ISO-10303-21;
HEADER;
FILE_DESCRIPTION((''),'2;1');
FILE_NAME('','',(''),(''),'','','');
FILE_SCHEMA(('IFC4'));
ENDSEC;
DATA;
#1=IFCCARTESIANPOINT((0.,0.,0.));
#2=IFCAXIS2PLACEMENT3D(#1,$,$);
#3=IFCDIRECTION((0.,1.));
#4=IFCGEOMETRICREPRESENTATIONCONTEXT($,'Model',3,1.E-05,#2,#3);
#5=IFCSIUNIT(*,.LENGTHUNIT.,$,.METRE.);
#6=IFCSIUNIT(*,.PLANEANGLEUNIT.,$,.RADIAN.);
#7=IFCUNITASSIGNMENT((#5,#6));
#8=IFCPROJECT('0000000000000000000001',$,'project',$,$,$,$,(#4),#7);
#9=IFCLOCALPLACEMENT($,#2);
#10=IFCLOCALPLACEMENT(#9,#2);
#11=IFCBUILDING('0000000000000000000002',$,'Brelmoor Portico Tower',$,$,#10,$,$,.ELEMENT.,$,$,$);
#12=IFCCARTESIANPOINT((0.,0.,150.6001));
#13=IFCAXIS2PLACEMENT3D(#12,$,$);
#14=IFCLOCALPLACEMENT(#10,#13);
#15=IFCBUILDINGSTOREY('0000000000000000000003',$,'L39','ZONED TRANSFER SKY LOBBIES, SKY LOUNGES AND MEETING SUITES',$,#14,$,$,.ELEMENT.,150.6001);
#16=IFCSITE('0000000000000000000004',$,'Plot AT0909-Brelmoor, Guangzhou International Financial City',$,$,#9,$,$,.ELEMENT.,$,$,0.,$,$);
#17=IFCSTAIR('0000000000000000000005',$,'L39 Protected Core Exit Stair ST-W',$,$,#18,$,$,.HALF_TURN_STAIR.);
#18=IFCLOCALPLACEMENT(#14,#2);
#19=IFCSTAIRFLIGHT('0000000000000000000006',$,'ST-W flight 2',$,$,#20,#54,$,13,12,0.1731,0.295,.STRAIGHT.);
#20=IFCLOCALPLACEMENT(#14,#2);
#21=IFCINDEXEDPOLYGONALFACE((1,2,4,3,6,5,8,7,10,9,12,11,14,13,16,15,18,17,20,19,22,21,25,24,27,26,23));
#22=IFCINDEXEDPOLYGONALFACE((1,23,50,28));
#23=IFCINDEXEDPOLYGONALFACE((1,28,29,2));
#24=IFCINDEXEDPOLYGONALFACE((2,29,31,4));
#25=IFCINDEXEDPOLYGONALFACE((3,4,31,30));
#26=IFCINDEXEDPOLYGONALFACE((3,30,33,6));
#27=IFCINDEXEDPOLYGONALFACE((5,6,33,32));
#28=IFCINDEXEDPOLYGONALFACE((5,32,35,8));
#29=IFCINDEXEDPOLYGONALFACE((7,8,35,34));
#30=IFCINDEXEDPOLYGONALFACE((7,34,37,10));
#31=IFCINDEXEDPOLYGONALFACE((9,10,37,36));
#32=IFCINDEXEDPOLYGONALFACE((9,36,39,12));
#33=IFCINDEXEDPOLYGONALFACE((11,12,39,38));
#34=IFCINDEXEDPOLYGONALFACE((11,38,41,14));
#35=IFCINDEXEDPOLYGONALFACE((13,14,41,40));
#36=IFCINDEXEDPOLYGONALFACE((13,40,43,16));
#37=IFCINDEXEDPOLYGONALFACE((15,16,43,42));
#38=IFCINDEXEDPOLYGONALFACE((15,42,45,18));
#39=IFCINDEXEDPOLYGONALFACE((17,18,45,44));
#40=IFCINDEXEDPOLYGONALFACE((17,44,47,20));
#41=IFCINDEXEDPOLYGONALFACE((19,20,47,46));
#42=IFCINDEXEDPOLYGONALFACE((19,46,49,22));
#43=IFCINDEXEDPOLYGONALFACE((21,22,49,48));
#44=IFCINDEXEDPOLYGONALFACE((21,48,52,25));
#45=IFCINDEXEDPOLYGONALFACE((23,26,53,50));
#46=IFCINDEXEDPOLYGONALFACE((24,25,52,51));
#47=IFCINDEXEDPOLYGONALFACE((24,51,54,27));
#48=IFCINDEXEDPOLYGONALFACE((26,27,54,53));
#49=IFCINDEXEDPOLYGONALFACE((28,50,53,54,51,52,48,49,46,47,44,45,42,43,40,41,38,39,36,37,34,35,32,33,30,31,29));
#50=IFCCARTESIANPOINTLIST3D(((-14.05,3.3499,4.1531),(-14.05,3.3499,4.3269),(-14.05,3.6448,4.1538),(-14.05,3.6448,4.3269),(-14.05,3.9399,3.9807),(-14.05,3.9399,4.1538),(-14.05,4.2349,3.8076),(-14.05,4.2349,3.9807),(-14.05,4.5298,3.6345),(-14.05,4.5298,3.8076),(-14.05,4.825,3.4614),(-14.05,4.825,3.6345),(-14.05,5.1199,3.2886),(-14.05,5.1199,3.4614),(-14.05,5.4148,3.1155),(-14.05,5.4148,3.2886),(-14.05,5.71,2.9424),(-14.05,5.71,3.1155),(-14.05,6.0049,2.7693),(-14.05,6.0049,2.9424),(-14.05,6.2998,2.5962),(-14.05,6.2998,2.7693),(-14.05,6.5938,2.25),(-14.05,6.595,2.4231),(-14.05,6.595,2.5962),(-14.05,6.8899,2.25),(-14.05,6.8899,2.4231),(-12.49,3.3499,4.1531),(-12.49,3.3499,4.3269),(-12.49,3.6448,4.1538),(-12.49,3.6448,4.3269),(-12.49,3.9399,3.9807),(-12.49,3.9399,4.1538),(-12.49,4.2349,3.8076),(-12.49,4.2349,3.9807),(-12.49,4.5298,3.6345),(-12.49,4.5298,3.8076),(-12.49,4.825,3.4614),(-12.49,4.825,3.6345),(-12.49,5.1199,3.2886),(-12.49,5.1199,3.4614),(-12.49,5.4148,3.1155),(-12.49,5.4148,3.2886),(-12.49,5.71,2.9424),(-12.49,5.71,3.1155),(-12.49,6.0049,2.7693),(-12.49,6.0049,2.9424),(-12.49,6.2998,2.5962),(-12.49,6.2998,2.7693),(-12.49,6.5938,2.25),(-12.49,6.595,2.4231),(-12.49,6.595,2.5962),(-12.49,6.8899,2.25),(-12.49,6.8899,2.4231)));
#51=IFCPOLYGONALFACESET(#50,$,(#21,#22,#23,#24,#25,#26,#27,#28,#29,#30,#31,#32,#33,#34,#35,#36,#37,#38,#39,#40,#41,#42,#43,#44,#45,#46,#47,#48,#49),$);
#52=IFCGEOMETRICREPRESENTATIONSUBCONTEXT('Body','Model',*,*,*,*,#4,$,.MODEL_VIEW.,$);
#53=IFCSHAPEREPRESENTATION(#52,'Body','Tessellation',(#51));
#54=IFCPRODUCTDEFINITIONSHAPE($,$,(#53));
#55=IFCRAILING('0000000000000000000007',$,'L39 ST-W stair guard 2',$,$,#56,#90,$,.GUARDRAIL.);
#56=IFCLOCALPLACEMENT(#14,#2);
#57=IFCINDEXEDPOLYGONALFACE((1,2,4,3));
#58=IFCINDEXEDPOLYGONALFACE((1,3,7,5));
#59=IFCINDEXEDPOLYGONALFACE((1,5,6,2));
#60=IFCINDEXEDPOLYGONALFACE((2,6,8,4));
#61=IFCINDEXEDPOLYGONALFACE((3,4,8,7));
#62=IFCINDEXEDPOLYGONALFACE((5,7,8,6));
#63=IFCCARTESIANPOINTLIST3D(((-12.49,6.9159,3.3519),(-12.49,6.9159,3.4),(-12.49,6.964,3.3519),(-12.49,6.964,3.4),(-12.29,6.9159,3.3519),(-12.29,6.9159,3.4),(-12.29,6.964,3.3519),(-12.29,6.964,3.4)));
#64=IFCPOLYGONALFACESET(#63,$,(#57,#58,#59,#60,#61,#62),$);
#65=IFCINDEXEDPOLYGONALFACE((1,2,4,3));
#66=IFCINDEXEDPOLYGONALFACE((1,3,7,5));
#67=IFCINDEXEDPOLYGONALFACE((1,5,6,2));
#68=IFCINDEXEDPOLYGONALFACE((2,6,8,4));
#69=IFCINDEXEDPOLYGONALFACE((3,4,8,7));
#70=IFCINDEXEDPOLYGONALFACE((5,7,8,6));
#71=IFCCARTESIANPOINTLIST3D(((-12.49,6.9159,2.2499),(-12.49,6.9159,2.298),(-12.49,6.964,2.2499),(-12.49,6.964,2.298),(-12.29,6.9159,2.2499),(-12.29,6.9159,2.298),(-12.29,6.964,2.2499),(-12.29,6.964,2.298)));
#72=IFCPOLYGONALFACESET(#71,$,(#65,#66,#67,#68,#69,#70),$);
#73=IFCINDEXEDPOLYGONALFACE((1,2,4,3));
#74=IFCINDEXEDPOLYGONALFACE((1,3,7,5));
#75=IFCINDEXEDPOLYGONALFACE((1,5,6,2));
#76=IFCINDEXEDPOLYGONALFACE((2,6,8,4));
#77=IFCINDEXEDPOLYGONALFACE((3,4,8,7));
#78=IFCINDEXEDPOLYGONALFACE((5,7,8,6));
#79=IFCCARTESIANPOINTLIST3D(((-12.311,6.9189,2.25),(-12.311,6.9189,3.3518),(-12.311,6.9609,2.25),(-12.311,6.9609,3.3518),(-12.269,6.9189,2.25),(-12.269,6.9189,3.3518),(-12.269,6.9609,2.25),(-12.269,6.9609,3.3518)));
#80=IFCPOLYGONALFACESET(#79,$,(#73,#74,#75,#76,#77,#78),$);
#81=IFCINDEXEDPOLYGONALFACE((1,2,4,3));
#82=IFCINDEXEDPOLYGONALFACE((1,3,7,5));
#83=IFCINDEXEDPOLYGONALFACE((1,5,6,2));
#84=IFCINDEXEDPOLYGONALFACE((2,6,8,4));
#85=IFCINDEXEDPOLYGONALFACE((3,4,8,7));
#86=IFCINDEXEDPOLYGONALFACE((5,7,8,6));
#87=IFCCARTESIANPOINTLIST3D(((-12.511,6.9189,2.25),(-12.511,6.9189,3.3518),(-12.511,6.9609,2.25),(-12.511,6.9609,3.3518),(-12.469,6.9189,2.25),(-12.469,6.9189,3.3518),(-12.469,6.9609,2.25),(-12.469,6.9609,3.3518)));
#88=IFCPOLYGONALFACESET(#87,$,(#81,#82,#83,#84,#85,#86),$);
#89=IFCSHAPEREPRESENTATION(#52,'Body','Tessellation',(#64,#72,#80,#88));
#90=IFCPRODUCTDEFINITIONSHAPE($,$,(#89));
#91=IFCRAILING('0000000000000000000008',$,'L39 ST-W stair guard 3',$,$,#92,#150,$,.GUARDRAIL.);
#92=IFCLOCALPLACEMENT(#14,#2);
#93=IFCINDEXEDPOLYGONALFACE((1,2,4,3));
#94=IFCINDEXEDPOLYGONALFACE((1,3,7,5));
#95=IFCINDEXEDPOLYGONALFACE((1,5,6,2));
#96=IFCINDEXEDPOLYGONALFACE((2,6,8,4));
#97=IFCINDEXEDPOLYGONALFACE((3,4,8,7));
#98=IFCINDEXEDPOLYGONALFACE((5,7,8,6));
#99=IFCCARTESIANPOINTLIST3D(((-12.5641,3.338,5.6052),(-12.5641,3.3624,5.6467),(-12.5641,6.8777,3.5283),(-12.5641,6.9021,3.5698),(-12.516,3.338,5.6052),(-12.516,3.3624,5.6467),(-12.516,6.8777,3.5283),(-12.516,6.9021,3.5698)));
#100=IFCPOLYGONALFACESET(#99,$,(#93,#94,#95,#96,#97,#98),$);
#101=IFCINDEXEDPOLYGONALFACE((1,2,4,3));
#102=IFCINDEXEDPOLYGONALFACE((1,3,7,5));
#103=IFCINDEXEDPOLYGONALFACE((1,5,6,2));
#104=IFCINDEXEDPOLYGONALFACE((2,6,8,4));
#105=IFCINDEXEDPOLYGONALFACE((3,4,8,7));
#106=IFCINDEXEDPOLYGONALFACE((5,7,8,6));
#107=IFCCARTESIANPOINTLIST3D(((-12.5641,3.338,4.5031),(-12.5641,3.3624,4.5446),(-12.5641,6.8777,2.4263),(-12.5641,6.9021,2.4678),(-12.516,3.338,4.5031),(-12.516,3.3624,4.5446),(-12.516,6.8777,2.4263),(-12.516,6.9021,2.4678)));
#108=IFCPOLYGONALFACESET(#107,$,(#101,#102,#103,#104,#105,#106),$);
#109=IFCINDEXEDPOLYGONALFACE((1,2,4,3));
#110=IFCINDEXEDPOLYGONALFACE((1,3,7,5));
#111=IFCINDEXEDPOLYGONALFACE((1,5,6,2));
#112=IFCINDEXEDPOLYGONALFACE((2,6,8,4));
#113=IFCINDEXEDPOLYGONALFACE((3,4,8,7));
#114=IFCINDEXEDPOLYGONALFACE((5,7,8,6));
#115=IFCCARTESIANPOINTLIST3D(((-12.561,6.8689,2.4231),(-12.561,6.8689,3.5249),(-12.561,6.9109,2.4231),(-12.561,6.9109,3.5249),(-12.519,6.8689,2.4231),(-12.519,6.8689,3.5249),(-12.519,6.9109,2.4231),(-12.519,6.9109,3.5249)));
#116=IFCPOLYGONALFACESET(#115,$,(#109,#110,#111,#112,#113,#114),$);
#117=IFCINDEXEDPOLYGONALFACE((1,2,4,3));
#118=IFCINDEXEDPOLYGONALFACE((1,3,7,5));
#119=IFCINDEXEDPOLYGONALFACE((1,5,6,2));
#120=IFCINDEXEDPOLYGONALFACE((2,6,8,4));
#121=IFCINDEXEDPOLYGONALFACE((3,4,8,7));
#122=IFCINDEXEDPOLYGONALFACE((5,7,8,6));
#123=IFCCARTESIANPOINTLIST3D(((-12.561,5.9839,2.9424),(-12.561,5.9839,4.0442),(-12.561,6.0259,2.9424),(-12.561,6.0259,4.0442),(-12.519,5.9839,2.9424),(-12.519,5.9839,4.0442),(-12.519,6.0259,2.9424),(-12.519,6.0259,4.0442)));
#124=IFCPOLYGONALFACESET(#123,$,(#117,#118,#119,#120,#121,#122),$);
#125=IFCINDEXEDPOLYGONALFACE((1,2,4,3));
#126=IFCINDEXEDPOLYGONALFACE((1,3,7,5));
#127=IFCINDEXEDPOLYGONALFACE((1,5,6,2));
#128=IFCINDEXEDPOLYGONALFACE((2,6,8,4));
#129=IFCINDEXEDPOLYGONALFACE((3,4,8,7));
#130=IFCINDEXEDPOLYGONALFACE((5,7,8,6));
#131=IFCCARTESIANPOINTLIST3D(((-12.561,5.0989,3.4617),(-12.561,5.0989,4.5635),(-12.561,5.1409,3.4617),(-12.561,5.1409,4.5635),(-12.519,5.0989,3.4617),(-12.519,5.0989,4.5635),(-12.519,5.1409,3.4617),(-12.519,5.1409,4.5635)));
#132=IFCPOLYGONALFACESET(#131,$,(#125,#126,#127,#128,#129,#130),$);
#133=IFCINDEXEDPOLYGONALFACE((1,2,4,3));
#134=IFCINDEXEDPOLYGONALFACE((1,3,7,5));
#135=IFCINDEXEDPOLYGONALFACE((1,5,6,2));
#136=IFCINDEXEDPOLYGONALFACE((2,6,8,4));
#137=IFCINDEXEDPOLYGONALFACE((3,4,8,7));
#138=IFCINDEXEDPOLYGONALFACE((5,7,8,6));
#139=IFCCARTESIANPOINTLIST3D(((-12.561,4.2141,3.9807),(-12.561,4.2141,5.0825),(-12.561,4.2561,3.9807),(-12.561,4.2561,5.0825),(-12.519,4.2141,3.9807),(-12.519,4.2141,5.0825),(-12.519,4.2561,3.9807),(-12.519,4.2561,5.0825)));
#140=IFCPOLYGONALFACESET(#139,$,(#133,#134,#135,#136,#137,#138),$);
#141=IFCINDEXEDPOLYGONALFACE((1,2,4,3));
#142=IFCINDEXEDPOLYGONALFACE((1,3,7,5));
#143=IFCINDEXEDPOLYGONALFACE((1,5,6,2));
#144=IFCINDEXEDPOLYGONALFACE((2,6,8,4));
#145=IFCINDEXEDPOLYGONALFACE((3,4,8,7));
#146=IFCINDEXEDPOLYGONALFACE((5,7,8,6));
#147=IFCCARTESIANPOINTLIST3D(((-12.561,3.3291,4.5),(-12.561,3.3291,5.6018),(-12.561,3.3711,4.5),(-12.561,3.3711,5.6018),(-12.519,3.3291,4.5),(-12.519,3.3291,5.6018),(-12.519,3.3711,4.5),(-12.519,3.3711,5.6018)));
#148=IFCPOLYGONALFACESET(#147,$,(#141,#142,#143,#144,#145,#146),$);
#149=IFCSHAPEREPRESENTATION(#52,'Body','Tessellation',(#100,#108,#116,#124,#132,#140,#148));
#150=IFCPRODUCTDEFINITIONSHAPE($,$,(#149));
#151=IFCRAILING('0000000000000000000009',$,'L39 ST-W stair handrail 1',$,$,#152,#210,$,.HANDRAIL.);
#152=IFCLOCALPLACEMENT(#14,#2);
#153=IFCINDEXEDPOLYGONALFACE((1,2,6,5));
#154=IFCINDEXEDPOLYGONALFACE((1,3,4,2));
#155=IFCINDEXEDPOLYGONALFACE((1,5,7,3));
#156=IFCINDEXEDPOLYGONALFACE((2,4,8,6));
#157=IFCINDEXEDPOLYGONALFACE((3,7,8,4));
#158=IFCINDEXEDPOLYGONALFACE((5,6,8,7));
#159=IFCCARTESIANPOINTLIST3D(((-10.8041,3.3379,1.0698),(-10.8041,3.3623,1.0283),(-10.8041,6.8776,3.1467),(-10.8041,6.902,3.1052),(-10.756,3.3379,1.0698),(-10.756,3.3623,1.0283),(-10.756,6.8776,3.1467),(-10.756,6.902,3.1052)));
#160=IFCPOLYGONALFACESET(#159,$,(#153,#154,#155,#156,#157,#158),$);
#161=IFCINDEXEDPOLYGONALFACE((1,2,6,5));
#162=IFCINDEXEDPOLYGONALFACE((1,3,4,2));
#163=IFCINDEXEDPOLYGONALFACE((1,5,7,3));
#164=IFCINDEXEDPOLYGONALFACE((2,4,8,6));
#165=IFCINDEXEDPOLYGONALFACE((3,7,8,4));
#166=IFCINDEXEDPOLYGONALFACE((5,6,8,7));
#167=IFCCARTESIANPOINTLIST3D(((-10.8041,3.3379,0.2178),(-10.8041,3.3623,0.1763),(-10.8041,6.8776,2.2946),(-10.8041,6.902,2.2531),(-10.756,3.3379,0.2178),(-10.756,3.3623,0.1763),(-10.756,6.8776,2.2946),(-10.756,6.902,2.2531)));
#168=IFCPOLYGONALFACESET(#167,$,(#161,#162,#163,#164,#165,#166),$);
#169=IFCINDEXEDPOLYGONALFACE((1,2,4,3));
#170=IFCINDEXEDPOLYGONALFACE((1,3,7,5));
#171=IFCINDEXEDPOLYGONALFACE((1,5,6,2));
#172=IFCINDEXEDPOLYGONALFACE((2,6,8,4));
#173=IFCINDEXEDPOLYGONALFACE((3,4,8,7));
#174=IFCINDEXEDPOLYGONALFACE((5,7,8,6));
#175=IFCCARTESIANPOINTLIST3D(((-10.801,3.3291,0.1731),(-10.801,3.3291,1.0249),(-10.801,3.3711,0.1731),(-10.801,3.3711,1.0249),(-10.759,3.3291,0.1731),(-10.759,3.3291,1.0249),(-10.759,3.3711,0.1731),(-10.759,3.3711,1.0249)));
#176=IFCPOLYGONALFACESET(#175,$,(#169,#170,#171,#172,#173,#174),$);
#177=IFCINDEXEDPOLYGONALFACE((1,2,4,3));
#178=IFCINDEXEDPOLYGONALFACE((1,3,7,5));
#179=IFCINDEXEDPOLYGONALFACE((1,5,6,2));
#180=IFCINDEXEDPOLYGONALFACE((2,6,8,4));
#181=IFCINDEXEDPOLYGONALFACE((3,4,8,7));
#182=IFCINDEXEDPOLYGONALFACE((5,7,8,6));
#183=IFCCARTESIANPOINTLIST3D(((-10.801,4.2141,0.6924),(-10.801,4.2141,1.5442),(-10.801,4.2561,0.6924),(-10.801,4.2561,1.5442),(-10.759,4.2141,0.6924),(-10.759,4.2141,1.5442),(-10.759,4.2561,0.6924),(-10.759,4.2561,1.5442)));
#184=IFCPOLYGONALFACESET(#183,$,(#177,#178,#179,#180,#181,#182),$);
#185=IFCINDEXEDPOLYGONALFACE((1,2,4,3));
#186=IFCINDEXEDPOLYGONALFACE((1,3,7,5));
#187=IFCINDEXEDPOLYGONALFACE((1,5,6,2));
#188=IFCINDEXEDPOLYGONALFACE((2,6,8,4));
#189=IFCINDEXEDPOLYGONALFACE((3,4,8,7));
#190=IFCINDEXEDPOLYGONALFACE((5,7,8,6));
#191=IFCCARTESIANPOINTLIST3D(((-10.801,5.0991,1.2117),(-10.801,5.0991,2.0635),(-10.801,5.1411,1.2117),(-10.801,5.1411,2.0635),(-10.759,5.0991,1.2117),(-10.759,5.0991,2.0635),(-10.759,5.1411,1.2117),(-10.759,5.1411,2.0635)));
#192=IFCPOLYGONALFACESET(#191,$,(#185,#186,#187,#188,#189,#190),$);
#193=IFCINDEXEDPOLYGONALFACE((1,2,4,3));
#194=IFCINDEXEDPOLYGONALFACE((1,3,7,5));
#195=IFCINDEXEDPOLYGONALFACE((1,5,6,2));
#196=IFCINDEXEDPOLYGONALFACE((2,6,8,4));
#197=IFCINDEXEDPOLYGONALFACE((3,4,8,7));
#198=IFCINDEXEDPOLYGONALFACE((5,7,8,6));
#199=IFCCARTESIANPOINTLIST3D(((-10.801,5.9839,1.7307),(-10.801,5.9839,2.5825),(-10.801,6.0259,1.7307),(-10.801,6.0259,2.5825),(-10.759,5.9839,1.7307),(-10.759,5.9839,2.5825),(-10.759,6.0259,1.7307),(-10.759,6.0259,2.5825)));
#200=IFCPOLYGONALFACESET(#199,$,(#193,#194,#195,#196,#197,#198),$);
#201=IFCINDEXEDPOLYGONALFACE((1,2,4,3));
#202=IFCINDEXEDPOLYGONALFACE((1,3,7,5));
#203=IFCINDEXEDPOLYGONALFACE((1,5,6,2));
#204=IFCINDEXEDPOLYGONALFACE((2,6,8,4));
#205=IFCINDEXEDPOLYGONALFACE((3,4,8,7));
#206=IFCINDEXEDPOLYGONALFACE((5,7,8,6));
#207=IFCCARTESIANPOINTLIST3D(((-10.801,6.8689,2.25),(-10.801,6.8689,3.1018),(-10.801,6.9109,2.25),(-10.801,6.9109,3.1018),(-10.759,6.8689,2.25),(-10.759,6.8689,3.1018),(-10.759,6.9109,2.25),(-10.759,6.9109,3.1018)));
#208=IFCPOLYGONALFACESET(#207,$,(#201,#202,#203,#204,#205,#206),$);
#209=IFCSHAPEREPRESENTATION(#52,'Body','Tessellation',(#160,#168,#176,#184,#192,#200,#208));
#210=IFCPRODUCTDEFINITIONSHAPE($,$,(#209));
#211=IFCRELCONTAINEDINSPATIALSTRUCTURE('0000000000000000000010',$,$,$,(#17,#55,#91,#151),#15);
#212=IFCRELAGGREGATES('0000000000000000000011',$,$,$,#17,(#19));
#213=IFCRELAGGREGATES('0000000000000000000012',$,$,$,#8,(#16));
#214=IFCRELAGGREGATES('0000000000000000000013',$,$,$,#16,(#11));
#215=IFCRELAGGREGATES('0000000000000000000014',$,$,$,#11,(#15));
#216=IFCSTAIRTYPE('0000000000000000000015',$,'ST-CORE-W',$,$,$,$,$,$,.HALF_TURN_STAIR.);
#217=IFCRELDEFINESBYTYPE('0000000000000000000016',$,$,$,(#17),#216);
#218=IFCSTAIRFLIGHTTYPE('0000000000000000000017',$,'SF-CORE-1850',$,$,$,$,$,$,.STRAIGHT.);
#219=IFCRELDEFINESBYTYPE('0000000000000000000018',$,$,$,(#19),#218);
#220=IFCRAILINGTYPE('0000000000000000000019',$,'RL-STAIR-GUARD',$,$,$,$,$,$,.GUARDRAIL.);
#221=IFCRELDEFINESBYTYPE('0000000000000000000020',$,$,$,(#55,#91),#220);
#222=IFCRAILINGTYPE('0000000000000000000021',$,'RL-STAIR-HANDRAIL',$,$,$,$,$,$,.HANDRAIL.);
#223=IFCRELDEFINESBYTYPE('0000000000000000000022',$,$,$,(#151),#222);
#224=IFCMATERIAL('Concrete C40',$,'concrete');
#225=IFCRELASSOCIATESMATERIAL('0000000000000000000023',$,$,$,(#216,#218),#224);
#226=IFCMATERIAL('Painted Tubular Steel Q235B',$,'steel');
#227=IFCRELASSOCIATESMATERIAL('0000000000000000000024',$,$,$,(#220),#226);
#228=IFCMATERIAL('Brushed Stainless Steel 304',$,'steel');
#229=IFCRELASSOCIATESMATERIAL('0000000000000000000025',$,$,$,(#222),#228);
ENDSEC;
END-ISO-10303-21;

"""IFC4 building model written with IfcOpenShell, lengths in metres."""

from ifc_helpers import new_model, si_unit, direction, frame, origin, origin_2d, place, context, subcontext, project, spatial, polyline, rectangle, outline, extrude, material, type_object, element, aggregate, save


model = new_model("IFC4")

# Units and contexts
model_context = context("Model", 3, precision=1e-05, world=origin(), true_north=direction((0.0, 1.0)))
body_context = subcontext(model_context, "Body", "Model", "MODEL_VIEW")
ifc_project = project(units=[si_unit("LENGTHUNIT", "METRE"), si_unit("PLANEANGLEUNIT", "RADIAN")], contexts=[model_context])

# Site, building, storey
site_placement = place(None, origin())
site = spatial("IfcSite", under=ifc_project, at=site_placement, Name="Plot AT0909-Brelmoor, Guangzhou International Financial City", CompositionType="ELEMENT", RefElevation=0.0)
building_placement = place(site_placement, origin())
building = spatial("IfcBuilding", under=site, at=building_placement, Name="Brelmoor Portico Tower", CompositionType="ELEMENT")
storey_placement = place(building_placement, frame((0.0, 0.0, 150.6001)))
storey = spatial("IfcBuildingStorey", under=building, at=storey_placement, Name="L39", Description="ZONED TRANSFER SKY LOBBIES, SKY LOUNGES AND MEETING SUITES", CompositionType="ELEMENT", Elevation=150.6001)

# Shared definitions
ifc_material_1 = material(Name="Concrete C40", Category="concrete")

# Stair, stair flight
stair_type = type_object("IfcStairType", Name="ST-CORE-W", PredefinedType="HALF_TURN_STAIR", material=ifc_material_1)
stair_placement = place(storey_placement, origin())
stair = element("IfcStair", 1, at=stair_placement, inside=storey, type_object=stair_type, Name="L39 Protected Core Exit Stair ST-W", PredefinedType="HALF_TURN_STAIR")
stair_flight_type = type_object("IfcStairFlightType", Name="SF-CORE-1850", PredefinedType="STRAIGHT", material=ifc_material_1)
stair_flight_1_placement = place(storey_placement, frame((-13.27, 6.8899, 2.25), z_axis=(0.0, 0.0, 1.0), x_axis=(0.0, -1.0, 0.0)))
stair_flight_1 = element("IfcStairFlight", 2, at=stair_flight_1_placement, type_object=stair_flight_type, Name="ST-W flight 2", NumberOfRisers=13, NumberOfTreads=12, PredefinedType="STRAIGHT", RiserHeight=0.1731, TreadLength=0.295, context=body_context, shape_type="SweptSolid", body=[
    extrude(outline(polyline([(0.0, 0.0), (0.0, 0.1731), (0.2949, 0.1731), (0.2949, 0.3462), (0.5901, 0.3462), (0.5901, 0.5193), (0.885, 0.5193), (0.885, 0.6924), (1.1799, 0.6924), (1.1799, 0.8655), (1.4751, 0.8655), (1.4751, 1.0386), (1.77, 1.0386), (1.77, 1.2114), (2.0649, 1.2114), (2.0649, 1.3845), (2.3601, 1.3845), (2.3601, 1.5576), (2.655, 1.5576), (2.655, 1.7307), (2.95, 1.7307), (2.95, 1.9038), (3.2451, 1.9038), (3.2451, 2.0769), (3.54, 2.0769), (3.54, 2.25), (3.54, 1.9031), (0.2961, 0.0), (0.0, 0.0)])), frame((0.0, 0.78, 0.0), z_axis=(0.0, -1.0, 0.0), x_axis=(1.0, 0.0, 0.0)), (0.0, 0.0, 1.0), 1.5601),
])
aggregate(stair, [stair_flight_1])

# Railings
ifc_material_2 = material(Name="Painted Tubular Steel Q235B", Category="steel")
railing_type_1 = type_object("IfcRailingType", Name="RL-STAIR-GUARD", PredefinedType="GUARDRAIL", material=ifc_material_2)
railing_1_placement = place(storey_placement, frame((-12.29, 6.9399, 2.25)))
element("IfcRailing", 3, at=railing_1_placement, inside=storey, type_object=railing_type_1, Name="L39 ST-W stair guard 2", PredefinedType="GUARDRAIL", context=body_context, shape_type="SweptSolid", body=[
    extrude(rectangle(XDim=0.0481, YDim=0.0481, at=origin_2d()), frame((0.0, 0.0, 1.126), z_axis=(-1.0, 0.0, 0.0), x_axis=(0.0, -1.0, 0.0)), (0.0, 0.0, 1.0), 0.2),
    extrude(rectangle(XDim=0.0481, YDim=0.0481, at=origin_2d()), frame((0.0, 0.0, 0.0239), z_axis=(-1.0, 0.0, 0.0), x_axis=(0.0, -1.0, 0.0)), (0.0, 0.0, 1.0), 0.2),
    extrude(rectangle(XDim=0.042, YDim=0.042, at=origin_2d()), origin(), (0.0, 0.0, 1.0), 1.1018),
    extrude(rectangle(XDim=0.042, YDim=0.042, at=origin_2d()), frame((-0.2, 0.0, 0.0)), (0.0, 0.0, 1.0), 1.1018),
])
railing_2_placement = place(storey_placement, frame((-12.54, 6.8899, 2.4231)))
element("IfcRailing", 4, at=railing_2_placement, inside=storey, type_object=railing_type_1, Name="L39 ST-W stair guard 3", PredefinedType="GUARDRAIL", context=body_context, shape_type="SweptSolid", body=[
    extrude(rectangle(XDim=0.0481, YDim=0.0481, at=origin_2d()), frame((0.0, 0.0, 1.126), z_axis=(0.0, -0.862501, 0.506055), x_axis=(1.0, 0.0, 0.0)), (0.0, 0.0, 1.0), 4.104),
    extrude(rectangle(XDim=0.0481, YDim=0.0481, at=origin_2d()), frame((0.0, 0.0, 0.0239), z_axis=(0.0, -0.862501, 0.506055), x_axis=(1.0, 0.0, 0.0)), (0.0, 0.0, 1.0), 4.104),
    extrude(rectangle(XDim=0.042, YDim=0.042, at=origin_2d()), origin(), (0.0, 0.0, 1.0), 1.1018),
    extrude(rectangle(XDim=0.042, YDim=0.042, at=origin_2d()), frame((0.0, -0.885, 0.5193)), (0.0, 0.0, 1.0), 1.1018),
    extrude(rectangle(XDim=0.042, YDim=0.042, at=origin_2d()), frame((0.0, -1.77, 1.0386)), (0.0, 0.0, 1.0), 1.1018),
    extrude(rectangle(XDim=0.042, YDim=0.042, at=origin_2d()), frame((0.0, -2.6548, 1.5576)), (0.0, 0.0, 1.0), 1.1018),
    extrude(rectangle(XDim=0.042, YDim=0.042, at=origin_2d()), frame((0.0, -3.5398, 2.0769)), (0.0, 0.0, 1.0), 1.1018),
])
ifc_material_3 = material(Name="Brushed Stainless Steel 304", Category="steel")
railing_type_2 = type_object("IfcRailingType", Name="RL-STAIR-HANDRAIL", PredefinedType="HANDRAIL", material=ifc_material_3)
railing_3_placement = place(storey_placement, frame((-10.78, 3.3501, 0.1731)))
element("IfcRailing", 5, at=railing_3_placement, inside=storey, type_object=railing_type_2, Name="L39 ST-W stair handrail 1", PredefinedType="HANDRAIL", context=body_context, shape_type="SweptSolid", body=[
    extrude(rectangle(XDim=0.0481, YDim=0.0481, at=origin_2d()), frame((0.0, 0.0, 0.876), z_axis=(0.0, 0.862501, 0.506055), x_axis=(-1.0, 0.0, 0.0)), (0.0, 0.0, 1.0), 4.104),
    extrude(rectangle(XDim=0.0481, YDim=0.0481, at=origin_2d()), frame((0.0, 0.0, 0.0239), z_axis=(0.0, 0.862501, 0.506055), x_axis=(-1.0, 0.0, 0.0)), (0.0, 0.0, 1.0), 4.104),
    extrude(rectangle(XDim=0.042, YDim=0.042, at=origin_2d()), origin(), (0.0, 0.0, 1.0), 0.8518),
    extrude(rectangle(XDim=0.042, YDim=0.042, at=origin_2d()), frame((0.0, 0.885, 0.5193)), (0.0, 0.0, 1.0), 0.8518),
    extrude(rectangle(XDim=0.042, YDim=0.042, at=origin_2d()), frame((0.0, 1.77, 1.0386)), (0.0, 0.0, 1.0), 0.8518),
    extrude(rectangle(XDim=0.042, YDim=0.042, at=origin_2d()), frame((0.0, 2.6548, 1.5576)), (0.0, 0.0, 1.0), 0.8518),
    extrude(rectangle(XDim=0.042, YDim=0.042, at=origin_2d()), frame((0.0, 3.5398, 2.0769)), (0.0, 0.0, 1.0), 0.8518),
])

save(model, "model.ifc")
